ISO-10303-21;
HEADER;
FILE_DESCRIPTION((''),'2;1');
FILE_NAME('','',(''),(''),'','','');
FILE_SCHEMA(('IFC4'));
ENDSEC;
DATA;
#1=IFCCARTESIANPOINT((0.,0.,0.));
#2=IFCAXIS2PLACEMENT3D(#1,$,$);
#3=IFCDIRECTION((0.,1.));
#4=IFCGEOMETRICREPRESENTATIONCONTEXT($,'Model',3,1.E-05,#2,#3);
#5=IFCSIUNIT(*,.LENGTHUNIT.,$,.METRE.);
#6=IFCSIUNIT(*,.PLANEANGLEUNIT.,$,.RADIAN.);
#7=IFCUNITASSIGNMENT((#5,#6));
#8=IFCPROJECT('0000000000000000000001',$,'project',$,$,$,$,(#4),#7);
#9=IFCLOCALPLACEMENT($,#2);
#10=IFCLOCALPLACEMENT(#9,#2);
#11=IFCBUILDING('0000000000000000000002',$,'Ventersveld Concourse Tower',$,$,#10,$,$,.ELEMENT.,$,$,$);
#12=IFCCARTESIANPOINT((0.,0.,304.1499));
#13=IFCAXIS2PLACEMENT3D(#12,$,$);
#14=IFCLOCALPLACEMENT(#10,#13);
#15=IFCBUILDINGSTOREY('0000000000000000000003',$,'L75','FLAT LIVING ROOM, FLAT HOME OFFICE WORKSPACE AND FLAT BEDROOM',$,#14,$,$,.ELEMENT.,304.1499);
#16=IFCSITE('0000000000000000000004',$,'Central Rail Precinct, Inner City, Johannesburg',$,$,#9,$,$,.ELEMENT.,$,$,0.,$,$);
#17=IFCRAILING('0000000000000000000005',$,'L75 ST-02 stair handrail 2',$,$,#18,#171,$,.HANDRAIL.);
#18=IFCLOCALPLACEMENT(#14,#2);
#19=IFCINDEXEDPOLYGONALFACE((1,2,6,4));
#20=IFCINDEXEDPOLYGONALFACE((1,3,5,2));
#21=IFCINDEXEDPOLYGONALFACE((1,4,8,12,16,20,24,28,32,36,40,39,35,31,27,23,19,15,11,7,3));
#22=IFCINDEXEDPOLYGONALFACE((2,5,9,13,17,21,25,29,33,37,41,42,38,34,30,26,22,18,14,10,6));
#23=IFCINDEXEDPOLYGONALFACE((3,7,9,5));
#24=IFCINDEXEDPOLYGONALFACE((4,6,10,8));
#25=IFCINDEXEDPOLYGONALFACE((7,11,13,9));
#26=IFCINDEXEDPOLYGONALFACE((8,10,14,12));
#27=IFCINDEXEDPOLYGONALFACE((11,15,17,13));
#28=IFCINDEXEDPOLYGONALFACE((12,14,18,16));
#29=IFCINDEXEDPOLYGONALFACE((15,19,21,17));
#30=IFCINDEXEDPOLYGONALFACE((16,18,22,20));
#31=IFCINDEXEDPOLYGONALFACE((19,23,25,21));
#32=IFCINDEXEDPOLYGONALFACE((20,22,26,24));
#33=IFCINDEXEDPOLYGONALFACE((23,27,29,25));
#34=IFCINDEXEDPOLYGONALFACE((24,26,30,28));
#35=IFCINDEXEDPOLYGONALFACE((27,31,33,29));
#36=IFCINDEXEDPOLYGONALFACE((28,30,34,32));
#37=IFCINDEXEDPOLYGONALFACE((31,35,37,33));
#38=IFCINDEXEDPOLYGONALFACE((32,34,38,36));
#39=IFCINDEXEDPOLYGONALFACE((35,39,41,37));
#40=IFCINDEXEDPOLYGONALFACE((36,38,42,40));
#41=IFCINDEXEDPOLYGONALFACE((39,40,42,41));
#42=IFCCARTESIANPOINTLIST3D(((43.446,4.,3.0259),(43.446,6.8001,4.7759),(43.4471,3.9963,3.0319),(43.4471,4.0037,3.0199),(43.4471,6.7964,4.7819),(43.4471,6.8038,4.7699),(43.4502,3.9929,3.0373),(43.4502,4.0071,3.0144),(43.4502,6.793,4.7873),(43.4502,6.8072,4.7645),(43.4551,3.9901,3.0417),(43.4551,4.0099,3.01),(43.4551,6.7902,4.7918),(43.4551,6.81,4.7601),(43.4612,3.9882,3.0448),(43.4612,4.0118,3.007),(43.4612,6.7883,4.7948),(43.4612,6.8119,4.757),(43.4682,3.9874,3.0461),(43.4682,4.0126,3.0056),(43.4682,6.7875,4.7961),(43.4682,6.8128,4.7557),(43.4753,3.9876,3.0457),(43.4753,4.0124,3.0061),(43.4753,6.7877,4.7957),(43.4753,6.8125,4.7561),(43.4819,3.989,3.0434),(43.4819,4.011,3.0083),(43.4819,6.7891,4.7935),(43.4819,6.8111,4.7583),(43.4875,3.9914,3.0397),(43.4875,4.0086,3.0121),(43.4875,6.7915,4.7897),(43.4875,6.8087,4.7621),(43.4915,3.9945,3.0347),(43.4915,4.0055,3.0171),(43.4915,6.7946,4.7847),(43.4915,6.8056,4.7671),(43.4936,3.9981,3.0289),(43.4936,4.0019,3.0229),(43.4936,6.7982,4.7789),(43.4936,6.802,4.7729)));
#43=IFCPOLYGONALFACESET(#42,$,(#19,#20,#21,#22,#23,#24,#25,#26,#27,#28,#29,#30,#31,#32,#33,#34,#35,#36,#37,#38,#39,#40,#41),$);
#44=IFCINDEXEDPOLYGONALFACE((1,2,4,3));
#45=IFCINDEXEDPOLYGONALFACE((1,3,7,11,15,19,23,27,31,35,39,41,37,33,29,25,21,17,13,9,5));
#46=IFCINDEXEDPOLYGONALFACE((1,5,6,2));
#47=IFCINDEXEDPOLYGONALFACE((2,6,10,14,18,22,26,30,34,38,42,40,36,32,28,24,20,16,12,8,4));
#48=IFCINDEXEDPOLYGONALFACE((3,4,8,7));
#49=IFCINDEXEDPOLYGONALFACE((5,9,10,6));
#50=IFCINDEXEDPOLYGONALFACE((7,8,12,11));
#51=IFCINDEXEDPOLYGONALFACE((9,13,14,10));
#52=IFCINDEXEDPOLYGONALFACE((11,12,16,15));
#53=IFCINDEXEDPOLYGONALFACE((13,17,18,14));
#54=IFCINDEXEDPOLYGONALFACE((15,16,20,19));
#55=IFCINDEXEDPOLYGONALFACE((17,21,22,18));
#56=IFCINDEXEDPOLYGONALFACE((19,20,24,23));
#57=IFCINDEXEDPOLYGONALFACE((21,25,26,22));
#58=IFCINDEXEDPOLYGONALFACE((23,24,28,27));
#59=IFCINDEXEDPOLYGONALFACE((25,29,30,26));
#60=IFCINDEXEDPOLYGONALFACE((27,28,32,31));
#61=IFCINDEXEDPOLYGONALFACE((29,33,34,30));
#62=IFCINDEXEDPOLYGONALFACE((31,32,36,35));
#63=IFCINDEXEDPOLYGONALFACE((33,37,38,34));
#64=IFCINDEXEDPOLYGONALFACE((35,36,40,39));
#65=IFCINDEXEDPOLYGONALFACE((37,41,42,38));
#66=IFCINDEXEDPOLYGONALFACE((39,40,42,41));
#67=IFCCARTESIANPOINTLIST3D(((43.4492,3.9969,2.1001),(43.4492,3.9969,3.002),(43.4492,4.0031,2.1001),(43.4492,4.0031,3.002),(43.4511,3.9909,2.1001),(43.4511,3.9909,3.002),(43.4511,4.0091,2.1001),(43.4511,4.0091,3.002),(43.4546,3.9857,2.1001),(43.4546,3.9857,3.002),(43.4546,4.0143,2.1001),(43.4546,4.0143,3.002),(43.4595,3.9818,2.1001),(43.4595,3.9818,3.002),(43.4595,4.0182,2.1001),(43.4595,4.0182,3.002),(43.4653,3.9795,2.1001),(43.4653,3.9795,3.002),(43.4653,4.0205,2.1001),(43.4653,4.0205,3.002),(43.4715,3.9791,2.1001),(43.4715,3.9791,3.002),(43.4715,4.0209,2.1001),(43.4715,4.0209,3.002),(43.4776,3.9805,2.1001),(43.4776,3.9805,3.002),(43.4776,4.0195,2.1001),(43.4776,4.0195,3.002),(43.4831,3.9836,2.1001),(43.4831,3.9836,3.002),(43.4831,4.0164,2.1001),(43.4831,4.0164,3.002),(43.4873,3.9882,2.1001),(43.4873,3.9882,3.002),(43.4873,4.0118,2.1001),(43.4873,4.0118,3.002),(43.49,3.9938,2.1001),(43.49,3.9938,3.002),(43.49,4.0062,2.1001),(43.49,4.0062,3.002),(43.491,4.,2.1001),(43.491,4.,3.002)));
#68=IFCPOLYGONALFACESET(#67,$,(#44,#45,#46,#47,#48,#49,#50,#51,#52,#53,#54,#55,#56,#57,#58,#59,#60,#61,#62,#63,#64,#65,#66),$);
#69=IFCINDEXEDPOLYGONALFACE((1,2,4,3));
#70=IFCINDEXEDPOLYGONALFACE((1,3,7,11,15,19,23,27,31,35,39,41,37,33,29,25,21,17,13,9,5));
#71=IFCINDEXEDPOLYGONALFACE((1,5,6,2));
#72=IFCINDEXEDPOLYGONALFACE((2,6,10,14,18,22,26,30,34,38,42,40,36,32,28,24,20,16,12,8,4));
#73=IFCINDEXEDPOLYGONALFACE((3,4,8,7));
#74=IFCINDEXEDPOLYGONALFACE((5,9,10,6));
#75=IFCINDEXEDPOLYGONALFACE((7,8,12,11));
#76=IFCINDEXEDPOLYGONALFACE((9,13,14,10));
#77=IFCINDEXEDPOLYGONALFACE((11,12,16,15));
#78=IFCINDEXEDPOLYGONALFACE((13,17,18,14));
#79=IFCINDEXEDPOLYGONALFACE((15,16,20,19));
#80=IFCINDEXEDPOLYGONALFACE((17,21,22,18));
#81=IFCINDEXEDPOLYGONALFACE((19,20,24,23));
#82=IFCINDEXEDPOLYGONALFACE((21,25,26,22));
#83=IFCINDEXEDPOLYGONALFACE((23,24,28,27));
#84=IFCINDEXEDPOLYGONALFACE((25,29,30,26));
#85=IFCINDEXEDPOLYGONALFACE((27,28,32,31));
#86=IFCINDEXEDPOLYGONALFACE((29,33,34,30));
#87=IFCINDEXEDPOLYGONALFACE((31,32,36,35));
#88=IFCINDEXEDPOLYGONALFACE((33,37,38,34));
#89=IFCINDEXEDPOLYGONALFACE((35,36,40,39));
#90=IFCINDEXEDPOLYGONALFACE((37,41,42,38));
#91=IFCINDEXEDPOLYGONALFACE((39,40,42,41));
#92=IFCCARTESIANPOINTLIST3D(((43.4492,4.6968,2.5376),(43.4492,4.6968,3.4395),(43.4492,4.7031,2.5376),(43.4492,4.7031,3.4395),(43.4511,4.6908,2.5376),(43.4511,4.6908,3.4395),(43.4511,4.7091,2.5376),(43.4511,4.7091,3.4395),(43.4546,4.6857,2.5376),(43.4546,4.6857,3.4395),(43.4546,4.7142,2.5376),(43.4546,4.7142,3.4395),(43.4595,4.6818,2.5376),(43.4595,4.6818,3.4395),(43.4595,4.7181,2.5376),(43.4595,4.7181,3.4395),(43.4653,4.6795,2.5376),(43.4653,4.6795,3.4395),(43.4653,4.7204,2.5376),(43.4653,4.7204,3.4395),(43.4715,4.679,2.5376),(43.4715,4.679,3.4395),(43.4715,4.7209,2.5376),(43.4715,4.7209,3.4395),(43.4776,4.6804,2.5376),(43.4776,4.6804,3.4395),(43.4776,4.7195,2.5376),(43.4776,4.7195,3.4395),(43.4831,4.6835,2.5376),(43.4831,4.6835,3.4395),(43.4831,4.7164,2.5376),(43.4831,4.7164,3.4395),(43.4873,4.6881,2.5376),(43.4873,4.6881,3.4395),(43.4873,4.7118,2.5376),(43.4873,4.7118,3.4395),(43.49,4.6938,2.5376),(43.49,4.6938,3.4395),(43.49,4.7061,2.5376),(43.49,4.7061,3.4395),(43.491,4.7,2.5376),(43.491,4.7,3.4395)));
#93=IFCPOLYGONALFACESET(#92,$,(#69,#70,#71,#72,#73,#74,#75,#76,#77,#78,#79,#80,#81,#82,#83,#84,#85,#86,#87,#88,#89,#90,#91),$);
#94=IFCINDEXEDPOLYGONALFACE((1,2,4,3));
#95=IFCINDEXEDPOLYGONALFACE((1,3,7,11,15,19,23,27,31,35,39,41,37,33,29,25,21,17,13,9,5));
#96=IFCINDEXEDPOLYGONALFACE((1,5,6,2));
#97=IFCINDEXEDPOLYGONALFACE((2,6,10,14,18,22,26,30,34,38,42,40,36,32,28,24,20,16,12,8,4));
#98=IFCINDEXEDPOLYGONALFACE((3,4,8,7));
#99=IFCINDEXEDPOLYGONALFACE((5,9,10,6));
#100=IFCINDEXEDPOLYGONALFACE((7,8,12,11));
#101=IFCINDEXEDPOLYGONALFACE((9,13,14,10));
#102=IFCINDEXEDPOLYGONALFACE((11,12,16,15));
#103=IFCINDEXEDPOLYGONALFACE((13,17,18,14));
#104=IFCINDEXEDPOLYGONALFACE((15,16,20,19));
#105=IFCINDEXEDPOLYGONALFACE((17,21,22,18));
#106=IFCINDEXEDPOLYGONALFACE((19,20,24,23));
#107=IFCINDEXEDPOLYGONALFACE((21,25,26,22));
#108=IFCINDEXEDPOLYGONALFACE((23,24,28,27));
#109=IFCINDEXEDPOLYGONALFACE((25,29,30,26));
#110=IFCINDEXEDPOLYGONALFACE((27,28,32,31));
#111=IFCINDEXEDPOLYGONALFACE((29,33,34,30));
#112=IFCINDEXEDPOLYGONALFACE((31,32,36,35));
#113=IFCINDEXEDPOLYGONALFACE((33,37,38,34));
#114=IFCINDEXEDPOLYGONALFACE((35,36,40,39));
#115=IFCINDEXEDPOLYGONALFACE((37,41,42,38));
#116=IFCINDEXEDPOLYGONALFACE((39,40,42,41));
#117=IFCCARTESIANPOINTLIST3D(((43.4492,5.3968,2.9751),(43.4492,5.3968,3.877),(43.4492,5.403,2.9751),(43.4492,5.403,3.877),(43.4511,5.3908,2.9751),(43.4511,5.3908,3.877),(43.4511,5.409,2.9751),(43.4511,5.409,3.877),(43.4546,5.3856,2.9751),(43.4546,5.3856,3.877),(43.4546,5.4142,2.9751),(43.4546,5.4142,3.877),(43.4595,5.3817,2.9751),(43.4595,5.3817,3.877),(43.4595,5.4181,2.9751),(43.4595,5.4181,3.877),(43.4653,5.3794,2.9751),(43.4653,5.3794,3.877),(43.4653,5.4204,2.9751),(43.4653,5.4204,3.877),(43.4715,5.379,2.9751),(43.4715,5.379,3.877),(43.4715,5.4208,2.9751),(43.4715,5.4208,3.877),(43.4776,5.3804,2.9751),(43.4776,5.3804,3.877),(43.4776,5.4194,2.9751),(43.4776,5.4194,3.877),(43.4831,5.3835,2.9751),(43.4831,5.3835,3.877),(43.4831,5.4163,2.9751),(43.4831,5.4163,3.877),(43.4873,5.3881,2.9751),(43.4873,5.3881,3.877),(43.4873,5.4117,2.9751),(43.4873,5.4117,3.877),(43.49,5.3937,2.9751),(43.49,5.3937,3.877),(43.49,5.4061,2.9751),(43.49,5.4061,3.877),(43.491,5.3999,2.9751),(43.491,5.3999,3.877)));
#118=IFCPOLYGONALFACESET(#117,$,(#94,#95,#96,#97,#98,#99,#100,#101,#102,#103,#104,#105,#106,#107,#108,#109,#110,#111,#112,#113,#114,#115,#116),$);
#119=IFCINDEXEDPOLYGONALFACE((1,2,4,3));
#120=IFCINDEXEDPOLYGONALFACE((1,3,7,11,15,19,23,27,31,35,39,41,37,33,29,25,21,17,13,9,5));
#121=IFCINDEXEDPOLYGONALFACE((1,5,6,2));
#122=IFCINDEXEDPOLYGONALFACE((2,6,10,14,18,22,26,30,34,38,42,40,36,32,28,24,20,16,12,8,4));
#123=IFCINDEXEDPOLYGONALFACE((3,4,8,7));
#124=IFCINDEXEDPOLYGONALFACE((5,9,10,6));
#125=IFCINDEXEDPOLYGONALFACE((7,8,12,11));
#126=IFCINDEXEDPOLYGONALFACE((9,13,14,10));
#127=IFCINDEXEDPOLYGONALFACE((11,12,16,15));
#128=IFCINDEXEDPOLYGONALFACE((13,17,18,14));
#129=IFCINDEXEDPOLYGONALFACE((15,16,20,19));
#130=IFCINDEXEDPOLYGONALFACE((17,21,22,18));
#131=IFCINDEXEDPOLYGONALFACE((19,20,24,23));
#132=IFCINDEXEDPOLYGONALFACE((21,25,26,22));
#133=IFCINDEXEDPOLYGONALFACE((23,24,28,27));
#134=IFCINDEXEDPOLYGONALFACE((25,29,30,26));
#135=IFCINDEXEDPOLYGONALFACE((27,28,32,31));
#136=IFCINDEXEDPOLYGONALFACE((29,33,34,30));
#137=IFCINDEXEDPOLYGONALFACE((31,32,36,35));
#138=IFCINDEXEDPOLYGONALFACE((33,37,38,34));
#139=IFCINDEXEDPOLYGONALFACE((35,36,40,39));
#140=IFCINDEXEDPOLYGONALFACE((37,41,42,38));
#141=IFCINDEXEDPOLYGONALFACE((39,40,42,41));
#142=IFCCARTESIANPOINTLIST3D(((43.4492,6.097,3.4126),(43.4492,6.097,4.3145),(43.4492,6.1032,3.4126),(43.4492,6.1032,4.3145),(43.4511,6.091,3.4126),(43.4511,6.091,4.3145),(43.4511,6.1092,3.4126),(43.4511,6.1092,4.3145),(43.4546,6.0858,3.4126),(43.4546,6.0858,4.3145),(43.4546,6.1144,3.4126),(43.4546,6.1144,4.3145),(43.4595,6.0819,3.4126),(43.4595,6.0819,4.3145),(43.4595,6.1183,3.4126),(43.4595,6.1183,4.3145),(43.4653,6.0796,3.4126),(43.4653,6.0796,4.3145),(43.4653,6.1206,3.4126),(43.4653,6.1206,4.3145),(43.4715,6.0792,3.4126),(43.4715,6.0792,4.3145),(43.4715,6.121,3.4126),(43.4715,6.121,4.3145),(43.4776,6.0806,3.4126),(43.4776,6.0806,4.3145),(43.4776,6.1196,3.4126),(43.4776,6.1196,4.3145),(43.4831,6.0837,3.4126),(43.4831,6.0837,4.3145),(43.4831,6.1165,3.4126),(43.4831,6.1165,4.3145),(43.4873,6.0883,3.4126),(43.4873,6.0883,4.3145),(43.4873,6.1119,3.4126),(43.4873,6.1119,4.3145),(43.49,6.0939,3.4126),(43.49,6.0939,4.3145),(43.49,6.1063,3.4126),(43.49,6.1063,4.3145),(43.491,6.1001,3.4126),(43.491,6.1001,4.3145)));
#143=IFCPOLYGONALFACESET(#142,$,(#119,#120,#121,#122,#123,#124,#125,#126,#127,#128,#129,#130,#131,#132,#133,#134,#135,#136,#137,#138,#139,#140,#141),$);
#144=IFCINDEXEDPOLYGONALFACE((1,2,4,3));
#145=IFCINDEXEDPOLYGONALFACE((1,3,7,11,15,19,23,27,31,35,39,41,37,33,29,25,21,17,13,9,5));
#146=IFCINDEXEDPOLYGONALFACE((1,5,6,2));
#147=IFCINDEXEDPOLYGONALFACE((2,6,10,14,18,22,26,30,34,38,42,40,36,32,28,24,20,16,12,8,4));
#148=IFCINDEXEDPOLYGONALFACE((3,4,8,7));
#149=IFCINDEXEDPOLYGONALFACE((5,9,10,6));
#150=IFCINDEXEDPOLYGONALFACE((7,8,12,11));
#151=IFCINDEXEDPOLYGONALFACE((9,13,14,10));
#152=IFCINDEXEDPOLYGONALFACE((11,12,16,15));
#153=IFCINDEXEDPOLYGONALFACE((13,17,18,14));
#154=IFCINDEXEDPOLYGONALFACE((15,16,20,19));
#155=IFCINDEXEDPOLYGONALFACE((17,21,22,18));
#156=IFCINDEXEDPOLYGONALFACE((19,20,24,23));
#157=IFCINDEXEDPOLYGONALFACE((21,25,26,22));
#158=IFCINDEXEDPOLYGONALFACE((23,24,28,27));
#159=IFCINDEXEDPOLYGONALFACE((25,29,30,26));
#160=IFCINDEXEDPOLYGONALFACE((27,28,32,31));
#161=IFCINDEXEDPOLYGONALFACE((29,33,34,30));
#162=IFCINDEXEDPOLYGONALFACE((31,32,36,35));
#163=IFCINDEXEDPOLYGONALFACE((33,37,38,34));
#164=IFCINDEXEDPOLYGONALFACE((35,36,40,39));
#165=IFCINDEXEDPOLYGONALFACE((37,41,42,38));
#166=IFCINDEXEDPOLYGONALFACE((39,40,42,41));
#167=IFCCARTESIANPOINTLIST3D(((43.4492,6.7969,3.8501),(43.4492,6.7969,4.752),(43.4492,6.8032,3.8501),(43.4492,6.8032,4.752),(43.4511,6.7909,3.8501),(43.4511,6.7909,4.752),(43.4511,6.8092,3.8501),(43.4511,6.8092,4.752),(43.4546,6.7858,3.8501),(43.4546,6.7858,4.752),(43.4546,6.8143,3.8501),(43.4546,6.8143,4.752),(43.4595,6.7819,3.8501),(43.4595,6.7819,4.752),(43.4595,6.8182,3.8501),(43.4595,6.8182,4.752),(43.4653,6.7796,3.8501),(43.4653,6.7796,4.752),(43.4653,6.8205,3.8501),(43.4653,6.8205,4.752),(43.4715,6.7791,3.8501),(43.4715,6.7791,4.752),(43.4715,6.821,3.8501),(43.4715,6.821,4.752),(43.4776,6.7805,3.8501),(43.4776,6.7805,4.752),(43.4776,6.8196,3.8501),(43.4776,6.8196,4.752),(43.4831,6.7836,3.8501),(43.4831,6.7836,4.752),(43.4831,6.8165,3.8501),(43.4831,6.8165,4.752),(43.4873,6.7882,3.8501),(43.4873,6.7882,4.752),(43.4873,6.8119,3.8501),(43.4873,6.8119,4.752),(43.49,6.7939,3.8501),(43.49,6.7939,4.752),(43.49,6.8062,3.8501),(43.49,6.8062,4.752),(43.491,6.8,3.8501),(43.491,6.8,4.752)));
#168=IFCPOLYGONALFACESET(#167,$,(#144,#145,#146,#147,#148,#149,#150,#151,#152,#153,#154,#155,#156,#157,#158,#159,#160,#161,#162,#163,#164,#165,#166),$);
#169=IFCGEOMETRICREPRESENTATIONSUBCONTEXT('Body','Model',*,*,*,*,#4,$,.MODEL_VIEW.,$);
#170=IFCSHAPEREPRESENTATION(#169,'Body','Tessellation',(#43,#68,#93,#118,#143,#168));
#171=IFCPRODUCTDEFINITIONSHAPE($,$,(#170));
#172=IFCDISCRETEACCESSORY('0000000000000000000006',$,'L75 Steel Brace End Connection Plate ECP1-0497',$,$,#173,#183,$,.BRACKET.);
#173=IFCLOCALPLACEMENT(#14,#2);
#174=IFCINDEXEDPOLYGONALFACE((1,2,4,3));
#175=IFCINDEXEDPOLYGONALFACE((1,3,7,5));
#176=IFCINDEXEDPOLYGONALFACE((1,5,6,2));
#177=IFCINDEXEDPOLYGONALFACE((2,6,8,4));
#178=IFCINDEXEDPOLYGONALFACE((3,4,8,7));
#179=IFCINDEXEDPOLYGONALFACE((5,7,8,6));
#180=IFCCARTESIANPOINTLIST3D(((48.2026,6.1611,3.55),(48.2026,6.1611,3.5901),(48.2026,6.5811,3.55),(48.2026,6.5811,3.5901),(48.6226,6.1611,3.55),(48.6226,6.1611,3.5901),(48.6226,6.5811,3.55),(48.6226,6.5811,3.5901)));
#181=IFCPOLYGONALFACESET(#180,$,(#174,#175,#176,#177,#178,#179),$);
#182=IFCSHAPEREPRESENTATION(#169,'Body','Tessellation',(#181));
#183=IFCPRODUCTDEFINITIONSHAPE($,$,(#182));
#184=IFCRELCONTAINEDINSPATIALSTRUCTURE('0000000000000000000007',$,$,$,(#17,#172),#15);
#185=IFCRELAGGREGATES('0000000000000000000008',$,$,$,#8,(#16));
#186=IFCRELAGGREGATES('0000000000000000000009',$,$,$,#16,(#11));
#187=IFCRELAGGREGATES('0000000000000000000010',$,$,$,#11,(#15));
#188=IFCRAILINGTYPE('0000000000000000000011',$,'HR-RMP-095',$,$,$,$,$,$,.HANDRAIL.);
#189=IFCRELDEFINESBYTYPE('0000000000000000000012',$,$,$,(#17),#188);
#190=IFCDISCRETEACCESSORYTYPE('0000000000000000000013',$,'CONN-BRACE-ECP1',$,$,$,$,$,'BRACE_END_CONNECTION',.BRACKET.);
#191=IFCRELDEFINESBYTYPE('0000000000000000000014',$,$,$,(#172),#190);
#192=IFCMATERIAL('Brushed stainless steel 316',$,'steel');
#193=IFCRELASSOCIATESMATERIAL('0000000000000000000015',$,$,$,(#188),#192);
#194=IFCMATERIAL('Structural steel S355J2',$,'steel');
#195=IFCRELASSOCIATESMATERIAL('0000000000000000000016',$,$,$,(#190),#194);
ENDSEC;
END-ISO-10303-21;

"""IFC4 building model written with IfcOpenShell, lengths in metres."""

from ifc_helpers import new_model, si_unit, direction, frame, origin, origin_2d, place, context, subcontext, project, spatial, rectangle, circle, extrude, material, type_object, element, save


model = new_model("IFC4")

# Units and contexts
model_context = context("Model", 3, precision=1e-05, world=origin(), true_north=direction((0.0, 1.0)))
body_context = subcontext(model_context, "Body", "Model", "MODEL_VIEW")
ifc_project = project(units=[si_unit("LENGTHUNIT", "METRE"), si_unit("PLANEANGLEUNIT", "RADIAN")], contexts=[model_context])

# Site, building, storey
site_placement = place(None, origin())
site = spatial("IfcSite", under=ifc_project, at=site_placement, Name="Central Rail Precinct, Inner City, Johannesburg", CompositionType="ELEMENT", RefElevation=0.0)
building_placement = place(site_placement, origin())
building = spatial("IfcBuilding", under=site, at=building_placement, Name="Ventersveld Concourse Tower", CompositionType="ELEMENT")
storey_placement = place(building_placement, frame((0.0, 0.0, 304.1499)))
storey = spatial("IfcBuildingStorey", under=building, at=storey_placement, Name="L75", Description="FLAT LIVING ROOM, FLAT HOME OFFICE WORKSPACE AND FLAT BEDROOM", CompositionType="ELEMENT", Elevation=304.1499)

# Shared definitions
ifc_material_1 = material(Name="Brushed stainless steel 316", Category="steel")

# Railing
railing_type_1 = type_object("IfcRailingType", Name="HR-RMP-095", PredefinedType="HANDRAIL", material=ifc_material_1)
railing_1_placement = place(storey_placement, frame((43.47, 4.0, 2.1001)))
element("IfcRailing", 1, at=railing_1_placement, inside=storey, type_object=railing_type_1, Name="L75 ST-02 stair handrail 2", PredefinedType="HANDRAIL", context=body_context, shape_type="SweptSolid", body=[
    extrude(circle(Radius=0.0239, at=origin_2d()), frame((0.0, 0.0, 0.9258), z_axis=(0.0, 0.848002, 0.529992), x_axis=(-1.0, 0.0, 0.0)), (0.0, 0.0, 1.0), 3.302),
    extrude(circle(Radius=0.021, at=origin_2d()), origin(), (0.0, 0.0, 1.0), 0.9019),
    extrude(circle(Radius=0.021, at=origin_2d()), frame((0.0, 0.7, 0.4375)), (0.0, 0.0, 1.0), 0.9019),
    extrude(circle(Radius=0.021, at=origin_2d()), frame((0.0, 1.3999, 0.875)), (0.0, 0.0, 1.0), 0.9019),
    extrude(circle(Radius=0.021, at=origin_2d()), frame((0.0, 2.1001, 1.3125)), (0.0, 0.0, 1.0), 0.9019),
    extrude(circle(Radius=0.021, at=origin_2d()), frame((0.0, 2.8, 1.75)), (0.0, 0.0, 1.0), 0.9019),
])

# Discrete accessory
ifc_material_2 = material(Name="Structural steel S355J2", Category="steel")
discrete_accessory_type = type_object("IfcDiscreteAccessoryType", Name="CONN-BRACE-ECP1", ElementType="BRACE_END_CONNECTION", PredefinedType="BRACKET", material=ifc_material_2)
discrete_accessory_placement = place(storey_placement, frame((48.4126, 6.3711, 3.55), z_axis=(0.0, 0.0, 1.0), x_axis=(1.0, 0.0, 0.0)))
element("IfcDiscreteAccessory", 2, at=discrete_accessory_placement, inside=storey, type_object=discrete_accessory_type, Name="L75 Steel Brace End Connection Plate ECP1-0497", PredefinedType="BRACKET", context=body_context, shape_type="SweptSolid", body=[
    extrude(rectangle(XDim=0.4199, YDim=0.4199, at=origin_2d()), origin(), (0.0, 0.0, 1.0), 0.04),
])

save(model, "model.ifc")
